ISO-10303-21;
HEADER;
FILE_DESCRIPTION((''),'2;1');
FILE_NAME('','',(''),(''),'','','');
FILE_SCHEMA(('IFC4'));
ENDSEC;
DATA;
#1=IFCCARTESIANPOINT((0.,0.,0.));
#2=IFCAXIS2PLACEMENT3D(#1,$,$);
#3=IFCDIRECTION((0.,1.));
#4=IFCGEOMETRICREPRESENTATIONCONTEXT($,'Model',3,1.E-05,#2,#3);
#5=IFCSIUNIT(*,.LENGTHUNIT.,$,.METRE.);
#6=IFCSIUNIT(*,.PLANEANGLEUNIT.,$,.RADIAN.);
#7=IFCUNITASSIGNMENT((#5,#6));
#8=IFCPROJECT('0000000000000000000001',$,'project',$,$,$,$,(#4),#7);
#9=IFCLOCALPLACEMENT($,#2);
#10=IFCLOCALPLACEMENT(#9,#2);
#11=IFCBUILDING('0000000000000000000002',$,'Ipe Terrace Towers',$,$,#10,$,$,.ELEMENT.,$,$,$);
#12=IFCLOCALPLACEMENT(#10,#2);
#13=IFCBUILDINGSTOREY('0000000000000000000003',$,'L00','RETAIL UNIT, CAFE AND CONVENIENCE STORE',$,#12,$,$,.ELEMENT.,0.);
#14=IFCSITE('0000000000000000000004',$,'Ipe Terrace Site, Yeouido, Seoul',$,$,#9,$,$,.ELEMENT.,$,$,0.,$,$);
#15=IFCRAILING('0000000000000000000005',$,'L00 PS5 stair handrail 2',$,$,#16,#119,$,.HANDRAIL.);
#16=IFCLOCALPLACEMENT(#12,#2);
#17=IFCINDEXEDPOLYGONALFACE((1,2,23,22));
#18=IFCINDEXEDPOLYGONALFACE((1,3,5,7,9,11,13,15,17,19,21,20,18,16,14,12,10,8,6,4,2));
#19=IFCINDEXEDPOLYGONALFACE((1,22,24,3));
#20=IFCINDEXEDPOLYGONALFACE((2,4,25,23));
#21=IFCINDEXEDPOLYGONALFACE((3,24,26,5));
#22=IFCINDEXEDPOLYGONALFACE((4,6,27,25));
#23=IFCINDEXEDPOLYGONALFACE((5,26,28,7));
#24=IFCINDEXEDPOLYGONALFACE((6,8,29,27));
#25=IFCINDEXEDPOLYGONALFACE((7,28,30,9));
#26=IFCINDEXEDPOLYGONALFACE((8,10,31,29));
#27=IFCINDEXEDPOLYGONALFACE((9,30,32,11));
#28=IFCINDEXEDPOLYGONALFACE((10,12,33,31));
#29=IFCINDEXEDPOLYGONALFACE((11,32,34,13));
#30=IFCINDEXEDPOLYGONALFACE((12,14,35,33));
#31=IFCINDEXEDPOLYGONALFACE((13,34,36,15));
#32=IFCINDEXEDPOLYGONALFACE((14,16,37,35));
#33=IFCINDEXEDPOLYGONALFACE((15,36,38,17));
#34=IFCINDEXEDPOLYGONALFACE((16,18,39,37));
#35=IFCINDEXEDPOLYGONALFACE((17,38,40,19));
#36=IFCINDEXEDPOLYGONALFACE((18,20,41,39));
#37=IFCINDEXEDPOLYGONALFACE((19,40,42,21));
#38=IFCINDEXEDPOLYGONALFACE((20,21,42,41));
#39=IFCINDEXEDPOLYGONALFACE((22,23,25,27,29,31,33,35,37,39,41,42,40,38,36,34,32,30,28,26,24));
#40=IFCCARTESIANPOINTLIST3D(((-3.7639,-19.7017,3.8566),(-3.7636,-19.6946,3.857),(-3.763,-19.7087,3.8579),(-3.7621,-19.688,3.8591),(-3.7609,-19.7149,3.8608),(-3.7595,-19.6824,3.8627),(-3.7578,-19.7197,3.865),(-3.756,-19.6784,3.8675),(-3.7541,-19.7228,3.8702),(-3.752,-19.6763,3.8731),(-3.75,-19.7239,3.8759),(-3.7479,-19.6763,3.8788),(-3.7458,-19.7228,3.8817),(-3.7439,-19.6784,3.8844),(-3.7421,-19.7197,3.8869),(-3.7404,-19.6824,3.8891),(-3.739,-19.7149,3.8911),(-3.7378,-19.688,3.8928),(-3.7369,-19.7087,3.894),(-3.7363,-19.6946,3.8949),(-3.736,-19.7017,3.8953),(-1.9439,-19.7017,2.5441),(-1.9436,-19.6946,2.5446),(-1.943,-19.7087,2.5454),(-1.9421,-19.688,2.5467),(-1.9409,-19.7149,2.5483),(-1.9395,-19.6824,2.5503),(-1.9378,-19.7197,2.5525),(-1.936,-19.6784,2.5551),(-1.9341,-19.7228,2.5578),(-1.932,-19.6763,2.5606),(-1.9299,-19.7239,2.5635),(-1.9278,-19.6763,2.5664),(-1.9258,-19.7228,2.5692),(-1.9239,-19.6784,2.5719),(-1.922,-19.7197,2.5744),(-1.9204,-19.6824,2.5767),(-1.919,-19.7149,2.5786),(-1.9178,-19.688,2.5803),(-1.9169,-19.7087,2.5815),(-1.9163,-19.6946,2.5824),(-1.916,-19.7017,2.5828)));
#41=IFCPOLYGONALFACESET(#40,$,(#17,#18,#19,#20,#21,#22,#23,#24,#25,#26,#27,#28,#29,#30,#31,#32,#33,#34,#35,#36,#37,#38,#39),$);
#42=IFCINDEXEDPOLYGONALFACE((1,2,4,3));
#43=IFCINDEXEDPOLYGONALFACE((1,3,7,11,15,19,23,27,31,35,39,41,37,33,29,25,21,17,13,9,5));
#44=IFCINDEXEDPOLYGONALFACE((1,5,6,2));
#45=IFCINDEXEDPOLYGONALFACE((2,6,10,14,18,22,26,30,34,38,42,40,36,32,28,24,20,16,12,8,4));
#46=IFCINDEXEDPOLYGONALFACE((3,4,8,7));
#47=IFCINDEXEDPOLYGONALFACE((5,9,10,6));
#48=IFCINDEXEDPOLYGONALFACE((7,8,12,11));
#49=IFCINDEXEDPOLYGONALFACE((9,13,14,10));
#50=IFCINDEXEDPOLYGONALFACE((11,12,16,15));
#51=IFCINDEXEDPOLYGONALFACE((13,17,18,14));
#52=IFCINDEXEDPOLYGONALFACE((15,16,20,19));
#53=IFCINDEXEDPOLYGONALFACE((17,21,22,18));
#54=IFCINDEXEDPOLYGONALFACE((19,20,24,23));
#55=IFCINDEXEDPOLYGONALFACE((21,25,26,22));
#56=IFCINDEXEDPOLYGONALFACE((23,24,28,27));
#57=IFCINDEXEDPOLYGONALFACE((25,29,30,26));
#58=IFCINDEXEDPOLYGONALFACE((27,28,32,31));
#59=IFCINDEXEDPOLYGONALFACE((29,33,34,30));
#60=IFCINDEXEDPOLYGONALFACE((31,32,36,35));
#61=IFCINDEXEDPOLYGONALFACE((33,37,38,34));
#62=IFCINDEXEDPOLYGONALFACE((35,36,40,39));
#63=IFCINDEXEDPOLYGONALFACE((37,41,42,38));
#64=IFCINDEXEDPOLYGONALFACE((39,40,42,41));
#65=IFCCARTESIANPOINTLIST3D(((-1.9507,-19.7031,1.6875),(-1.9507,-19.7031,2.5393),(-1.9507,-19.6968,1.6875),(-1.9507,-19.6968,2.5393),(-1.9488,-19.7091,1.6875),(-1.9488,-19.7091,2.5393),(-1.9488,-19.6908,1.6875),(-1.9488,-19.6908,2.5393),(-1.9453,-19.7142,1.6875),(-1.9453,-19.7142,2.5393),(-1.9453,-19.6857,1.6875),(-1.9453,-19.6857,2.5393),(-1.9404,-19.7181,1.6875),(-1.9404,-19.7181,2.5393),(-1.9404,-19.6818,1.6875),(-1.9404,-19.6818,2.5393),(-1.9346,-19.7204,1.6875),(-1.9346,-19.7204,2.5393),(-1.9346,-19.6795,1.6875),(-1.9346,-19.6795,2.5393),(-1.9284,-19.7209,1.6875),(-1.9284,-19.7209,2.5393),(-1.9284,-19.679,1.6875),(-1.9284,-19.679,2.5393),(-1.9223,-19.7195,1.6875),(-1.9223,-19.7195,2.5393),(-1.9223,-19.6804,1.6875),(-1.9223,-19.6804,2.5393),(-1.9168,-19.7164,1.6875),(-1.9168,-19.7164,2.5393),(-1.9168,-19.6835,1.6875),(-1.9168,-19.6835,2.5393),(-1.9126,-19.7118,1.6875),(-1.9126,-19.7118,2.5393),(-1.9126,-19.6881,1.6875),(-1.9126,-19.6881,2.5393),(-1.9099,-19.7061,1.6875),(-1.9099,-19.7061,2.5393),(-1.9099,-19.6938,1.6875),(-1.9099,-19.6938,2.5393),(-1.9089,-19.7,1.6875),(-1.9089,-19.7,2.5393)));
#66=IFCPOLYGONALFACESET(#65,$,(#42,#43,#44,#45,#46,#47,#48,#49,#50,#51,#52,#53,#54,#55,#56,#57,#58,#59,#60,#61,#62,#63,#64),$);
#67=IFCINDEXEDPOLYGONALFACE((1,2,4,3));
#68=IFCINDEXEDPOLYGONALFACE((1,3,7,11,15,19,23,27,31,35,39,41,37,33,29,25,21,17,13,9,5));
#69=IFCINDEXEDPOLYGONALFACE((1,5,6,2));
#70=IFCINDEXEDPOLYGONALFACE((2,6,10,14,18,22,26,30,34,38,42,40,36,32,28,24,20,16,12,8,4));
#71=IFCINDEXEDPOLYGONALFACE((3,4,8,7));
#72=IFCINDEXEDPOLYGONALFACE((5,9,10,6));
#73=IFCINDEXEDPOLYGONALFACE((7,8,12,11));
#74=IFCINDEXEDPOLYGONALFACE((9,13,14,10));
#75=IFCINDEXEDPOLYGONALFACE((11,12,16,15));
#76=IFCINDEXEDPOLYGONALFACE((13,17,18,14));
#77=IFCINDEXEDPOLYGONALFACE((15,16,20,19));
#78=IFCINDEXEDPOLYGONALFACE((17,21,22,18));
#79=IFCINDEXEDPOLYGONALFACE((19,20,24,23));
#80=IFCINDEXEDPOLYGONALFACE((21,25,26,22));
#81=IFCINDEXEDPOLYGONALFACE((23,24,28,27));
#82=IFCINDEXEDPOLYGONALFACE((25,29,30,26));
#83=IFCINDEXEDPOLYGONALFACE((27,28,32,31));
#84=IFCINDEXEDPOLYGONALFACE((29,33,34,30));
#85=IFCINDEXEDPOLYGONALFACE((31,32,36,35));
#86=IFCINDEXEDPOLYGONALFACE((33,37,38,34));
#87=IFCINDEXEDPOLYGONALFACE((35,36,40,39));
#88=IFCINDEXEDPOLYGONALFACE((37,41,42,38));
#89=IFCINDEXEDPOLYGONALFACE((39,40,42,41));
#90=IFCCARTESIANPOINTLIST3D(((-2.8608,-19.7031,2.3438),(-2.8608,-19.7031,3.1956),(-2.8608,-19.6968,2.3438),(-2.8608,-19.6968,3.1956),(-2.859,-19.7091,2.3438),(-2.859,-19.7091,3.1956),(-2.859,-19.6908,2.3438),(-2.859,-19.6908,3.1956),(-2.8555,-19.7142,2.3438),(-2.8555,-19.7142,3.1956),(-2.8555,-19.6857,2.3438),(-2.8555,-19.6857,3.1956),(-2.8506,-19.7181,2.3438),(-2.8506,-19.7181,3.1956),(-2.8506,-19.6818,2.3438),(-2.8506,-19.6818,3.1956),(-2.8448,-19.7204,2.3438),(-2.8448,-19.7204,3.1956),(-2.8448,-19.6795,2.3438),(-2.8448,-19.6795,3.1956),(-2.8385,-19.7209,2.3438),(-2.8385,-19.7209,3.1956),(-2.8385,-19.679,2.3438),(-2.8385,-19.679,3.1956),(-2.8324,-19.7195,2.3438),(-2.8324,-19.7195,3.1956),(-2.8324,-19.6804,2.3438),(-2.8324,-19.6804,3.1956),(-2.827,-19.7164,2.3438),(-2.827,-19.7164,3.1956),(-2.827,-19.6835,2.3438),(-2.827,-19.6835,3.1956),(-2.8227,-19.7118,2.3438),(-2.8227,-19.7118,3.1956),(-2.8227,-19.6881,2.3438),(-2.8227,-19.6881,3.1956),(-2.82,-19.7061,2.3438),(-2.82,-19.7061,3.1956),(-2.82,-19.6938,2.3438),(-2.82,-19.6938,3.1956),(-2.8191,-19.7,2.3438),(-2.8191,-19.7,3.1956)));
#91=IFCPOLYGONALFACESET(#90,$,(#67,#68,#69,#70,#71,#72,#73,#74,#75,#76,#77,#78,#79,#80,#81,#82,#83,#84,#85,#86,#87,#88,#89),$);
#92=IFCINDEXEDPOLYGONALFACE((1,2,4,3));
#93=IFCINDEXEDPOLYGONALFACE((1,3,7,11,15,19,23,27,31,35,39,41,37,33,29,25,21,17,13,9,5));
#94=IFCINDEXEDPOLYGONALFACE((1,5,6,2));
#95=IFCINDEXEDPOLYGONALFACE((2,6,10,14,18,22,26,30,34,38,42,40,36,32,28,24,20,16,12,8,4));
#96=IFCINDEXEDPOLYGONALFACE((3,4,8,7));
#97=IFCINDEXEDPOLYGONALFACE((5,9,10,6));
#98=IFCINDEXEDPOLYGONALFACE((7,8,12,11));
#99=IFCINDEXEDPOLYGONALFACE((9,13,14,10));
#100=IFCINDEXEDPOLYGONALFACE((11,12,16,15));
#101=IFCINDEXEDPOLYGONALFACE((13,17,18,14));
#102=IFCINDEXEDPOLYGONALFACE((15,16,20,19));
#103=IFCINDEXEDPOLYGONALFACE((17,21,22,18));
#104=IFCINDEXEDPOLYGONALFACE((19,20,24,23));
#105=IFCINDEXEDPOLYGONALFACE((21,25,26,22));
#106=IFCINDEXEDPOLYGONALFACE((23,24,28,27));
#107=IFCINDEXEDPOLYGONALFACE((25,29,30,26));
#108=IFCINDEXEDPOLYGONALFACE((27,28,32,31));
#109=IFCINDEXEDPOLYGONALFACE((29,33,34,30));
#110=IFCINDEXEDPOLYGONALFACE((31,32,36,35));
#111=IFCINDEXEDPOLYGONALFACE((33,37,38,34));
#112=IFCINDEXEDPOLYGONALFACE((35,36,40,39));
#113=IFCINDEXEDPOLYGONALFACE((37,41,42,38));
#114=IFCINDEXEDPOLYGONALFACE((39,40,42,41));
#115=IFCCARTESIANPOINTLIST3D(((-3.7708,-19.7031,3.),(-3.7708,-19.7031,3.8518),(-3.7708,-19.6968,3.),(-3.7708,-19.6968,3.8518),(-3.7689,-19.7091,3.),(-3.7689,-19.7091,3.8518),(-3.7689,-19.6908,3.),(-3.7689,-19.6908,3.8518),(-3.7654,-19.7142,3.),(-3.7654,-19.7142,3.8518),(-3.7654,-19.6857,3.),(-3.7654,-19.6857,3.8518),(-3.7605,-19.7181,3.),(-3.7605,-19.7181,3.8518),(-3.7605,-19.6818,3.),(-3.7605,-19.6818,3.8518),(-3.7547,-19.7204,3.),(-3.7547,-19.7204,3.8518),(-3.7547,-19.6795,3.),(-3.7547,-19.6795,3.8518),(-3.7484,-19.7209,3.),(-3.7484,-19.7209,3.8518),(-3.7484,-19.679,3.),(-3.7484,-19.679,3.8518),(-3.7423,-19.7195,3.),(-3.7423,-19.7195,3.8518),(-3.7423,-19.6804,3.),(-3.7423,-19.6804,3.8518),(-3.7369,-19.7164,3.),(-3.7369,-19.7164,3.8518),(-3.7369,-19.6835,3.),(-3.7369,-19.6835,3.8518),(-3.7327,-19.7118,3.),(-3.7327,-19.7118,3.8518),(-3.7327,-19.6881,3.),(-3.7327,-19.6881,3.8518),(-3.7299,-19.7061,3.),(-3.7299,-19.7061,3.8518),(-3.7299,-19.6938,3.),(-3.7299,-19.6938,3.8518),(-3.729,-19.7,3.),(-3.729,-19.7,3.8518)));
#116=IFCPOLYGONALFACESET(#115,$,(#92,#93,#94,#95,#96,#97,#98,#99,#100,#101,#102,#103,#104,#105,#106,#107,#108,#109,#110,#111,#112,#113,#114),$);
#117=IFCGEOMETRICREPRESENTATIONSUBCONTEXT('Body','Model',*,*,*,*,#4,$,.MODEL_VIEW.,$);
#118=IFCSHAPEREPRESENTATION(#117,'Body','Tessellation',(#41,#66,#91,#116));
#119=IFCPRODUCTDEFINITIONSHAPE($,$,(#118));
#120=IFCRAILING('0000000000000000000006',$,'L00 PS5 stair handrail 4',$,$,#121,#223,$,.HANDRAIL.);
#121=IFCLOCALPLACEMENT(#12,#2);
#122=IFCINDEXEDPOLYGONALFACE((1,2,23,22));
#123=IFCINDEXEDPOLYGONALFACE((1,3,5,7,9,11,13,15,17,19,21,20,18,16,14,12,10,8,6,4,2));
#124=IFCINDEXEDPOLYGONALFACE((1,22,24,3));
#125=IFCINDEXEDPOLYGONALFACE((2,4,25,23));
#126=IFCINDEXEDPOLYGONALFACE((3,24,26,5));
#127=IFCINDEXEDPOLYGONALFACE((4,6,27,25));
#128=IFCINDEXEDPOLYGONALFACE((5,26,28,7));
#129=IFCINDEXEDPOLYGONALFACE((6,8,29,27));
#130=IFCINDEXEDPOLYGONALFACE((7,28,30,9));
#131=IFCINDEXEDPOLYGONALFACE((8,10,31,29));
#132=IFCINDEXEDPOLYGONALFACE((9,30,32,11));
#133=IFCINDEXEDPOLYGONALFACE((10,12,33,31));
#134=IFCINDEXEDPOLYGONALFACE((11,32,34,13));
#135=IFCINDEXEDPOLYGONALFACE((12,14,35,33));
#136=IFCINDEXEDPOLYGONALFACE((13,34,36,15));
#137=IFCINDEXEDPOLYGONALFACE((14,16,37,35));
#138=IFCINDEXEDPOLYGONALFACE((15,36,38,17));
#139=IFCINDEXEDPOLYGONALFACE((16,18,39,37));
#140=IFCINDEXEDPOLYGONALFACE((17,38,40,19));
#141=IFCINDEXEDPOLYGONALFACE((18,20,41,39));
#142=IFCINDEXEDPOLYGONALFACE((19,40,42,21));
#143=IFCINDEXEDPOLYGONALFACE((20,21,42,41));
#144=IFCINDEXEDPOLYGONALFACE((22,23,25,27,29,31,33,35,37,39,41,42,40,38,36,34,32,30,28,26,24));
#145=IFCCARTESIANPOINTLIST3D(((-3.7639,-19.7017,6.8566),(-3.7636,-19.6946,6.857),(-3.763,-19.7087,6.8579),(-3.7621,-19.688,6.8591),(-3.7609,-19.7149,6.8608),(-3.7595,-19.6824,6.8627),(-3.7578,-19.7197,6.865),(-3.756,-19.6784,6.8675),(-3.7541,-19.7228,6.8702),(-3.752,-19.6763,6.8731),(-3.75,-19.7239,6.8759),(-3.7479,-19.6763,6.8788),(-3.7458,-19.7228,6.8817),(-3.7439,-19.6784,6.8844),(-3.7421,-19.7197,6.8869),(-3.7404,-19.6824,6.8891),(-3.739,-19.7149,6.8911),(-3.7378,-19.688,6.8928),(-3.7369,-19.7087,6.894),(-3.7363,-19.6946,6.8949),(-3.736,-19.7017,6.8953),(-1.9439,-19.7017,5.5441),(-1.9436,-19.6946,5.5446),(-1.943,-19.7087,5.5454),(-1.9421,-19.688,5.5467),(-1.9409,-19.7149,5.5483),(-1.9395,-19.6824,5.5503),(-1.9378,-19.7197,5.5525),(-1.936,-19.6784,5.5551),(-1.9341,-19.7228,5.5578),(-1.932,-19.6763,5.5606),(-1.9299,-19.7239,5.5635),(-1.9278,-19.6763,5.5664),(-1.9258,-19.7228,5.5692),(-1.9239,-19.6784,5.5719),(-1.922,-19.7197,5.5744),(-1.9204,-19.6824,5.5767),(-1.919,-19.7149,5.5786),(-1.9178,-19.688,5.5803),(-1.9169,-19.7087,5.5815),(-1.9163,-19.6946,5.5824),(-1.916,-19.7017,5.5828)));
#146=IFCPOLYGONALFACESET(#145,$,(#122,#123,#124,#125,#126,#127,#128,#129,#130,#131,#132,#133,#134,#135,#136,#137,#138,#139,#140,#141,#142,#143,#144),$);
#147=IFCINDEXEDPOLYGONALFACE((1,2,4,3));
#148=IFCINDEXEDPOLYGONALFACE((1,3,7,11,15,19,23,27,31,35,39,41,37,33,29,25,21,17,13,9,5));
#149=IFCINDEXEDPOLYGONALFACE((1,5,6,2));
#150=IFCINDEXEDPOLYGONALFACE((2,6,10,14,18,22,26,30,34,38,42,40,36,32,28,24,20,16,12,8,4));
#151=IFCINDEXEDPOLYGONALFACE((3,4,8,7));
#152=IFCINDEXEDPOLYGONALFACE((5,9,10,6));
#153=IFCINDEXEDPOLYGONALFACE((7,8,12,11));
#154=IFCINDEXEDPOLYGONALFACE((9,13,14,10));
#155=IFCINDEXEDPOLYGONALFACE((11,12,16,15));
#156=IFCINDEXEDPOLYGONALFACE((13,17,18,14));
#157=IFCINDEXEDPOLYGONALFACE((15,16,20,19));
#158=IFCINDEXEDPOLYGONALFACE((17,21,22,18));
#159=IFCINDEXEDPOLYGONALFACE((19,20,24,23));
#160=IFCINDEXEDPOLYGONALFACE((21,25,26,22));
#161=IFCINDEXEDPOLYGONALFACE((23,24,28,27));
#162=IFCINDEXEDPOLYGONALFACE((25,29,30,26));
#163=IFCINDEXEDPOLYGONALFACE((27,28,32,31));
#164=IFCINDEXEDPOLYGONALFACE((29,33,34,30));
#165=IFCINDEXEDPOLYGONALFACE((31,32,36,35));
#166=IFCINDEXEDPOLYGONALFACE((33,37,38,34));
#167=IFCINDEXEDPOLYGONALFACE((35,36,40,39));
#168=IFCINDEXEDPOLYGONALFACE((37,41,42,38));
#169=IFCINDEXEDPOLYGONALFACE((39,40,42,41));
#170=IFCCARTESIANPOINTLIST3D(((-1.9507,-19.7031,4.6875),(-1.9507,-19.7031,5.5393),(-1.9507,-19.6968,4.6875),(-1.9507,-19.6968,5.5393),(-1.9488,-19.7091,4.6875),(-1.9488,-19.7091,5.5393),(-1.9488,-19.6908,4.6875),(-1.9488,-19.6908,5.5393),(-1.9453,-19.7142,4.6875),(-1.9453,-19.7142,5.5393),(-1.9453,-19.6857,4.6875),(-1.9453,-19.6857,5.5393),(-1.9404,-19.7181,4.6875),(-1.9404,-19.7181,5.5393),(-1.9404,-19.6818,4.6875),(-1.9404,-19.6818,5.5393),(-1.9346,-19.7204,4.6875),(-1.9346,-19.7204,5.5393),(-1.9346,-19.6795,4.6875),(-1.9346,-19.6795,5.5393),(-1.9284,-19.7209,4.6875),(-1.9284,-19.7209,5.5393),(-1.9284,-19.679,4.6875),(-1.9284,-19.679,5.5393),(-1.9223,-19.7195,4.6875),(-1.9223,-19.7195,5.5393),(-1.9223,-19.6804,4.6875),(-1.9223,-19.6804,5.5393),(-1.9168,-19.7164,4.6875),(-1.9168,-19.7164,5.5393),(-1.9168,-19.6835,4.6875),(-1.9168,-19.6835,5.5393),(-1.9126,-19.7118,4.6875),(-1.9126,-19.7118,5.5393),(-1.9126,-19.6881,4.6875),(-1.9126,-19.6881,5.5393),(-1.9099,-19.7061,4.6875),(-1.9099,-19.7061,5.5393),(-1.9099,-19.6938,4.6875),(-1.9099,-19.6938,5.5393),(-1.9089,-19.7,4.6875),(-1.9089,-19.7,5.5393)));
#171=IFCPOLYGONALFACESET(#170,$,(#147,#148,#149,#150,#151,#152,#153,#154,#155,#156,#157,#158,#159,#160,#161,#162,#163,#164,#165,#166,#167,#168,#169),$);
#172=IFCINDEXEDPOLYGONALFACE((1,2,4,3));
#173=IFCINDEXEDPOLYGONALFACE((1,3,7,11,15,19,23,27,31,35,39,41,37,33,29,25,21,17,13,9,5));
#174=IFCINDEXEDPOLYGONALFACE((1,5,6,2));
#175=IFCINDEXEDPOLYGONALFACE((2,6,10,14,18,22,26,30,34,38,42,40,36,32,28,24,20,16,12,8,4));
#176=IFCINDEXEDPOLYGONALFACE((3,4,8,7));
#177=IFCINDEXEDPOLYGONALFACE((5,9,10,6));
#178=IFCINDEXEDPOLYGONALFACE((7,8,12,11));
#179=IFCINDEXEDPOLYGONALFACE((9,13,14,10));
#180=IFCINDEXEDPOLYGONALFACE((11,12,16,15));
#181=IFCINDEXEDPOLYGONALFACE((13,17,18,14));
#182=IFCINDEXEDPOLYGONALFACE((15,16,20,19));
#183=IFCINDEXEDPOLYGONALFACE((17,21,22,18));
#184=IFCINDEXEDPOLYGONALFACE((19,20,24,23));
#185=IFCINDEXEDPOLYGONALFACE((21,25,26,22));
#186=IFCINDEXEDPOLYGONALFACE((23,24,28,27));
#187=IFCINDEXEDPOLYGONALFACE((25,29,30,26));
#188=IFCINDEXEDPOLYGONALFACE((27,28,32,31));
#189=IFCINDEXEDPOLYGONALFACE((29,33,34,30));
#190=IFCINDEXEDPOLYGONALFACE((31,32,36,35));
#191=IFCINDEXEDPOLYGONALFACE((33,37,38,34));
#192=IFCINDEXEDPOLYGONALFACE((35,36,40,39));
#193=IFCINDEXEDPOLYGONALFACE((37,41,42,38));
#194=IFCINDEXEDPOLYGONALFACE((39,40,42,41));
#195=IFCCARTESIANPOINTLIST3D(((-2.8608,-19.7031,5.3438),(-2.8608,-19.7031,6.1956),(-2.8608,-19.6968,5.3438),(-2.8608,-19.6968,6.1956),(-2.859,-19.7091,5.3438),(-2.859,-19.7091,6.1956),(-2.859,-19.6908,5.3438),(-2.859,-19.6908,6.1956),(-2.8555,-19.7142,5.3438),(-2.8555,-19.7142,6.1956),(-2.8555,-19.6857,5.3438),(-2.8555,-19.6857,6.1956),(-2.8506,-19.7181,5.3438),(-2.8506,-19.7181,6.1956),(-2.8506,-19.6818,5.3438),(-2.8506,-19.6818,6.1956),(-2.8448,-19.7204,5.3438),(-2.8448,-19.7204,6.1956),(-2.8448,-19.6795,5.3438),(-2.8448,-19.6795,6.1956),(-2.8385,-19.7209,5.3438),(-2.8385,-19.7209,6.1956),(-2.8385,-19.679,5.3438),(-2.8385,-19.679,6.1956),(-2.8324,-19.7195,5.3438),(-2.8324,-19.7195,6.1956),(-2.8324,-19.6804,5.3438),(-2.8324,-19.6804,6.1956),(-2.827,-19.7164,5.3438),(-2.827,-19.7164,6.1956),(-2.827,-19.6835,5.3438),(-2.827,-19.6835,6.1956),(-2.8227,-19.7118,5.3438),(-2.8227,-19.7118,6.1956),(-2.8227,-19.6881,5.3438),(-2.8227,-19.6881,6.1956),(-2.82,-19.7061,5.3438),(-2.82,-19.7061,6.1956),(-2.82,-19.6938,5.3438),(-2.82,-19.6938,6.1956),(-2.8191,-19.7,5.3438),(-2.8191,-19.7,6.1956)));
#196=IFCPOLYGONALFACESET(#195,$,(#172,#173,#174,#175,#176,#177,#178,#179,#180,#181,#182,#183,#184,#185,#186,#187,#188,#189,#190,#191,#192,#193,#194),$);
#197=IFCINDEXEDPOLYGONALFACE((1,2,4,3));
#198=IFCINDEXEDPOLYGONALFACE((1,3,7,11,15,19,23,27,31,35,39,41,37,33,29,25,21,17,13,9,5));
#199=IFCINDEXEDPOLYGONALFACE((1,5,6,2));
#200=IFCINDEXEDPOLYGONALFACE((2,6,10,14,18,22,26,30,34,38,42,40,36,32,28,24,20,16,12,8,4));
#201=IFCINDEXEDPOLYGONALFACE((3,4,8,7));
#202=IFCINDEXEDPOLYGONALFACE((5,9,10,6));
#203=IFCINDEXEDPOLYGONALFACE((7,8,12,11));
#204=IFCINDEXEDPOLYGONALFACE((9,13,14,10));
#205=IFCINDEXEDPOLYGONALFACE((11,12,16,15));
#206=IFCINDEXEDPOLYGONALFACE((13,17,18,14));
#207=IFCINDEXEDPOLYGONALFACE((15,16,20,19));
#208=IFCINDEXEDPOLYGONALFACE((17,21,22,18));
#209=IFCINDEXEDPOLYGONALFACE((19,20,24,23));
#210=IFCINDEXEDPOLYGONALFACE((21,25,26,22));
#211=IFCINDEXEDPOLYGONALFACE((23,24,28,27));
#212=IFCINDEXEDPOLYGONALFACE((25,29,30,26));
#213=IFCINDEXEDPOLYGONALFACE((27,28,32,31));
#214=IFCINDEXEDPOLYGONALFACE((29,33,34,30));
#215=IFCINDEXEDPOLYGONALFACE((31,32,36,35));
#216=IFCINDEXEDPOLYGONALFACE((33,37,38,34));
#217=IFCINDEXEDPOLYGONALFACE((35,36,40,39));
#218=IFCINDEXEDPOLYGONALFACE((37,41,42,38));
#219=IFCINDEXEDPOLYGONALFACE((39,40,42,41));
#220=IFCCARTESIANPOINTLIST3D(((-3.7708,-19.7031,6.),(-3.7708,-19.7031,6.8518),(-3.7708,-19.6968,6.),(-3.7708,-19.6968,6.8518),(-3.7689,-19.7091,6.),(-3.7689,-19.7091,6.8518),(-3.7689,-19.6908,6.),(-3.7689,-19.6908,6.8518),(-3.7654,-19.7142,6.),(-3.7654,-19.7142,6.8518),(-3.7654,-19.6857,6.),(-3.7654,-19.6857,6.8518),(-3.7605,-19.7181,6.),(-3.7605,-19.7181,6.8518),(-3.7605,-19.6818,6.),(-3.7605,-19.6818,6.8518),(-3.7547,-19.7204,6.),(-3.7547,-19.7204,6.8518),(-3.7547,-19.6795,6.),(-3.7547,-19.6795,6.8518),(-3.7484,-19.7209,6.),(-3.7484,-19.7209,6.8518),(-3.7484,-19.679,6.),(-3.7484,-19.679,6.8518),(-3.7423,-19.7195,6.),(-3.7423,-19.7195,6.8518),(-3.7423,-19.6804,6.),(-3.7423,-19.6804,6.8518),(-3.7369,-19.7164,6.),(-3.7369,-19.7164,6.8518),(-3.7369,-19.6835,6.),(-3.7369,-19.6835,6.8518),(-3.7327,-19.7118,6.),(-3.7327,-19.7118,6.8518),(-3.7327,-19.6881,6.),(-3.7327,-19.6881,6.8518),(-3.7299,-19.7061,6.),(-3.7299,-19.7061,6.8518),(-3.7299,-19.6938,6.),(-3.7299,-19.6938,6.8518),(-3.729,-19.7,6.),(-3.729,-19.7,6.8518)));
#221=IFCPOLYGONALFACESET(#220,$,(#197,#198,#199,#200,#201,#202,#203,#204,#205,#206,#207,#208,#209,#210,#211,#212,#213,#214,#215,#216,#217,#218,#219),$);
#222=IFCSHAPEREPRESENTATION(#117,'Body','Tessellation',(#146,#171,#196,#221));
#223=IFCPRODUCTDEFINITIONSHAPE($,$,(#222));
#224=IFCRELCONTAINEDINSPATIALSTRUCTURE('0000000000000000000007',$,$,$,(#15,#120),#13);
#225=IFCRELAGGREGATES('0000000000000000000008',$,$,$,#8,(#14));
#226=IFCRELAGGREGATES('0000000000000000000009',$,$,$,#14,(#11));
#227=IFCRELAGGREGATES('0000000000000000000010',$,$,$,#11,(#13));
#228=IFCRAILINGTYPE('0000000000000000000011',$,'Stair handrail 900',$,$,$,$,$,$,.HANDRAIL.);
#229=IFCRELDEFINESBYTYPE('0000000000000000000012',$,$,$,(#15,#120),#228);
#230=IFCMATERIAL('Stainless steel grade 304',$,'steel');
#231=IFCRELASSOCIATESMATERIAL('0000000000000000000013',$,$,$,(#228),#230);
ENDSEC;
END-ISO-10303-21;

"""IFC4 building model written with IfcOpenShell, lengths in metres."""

from ifc_helpers import new_model, si_unit, direction, frame, origin, origin_2d, place, context, subcontext, project, spatial, circle, extrude, material, type_object, element, save


model = new_model("IFC4")

# Units and contexts
model_context = context("Model", 3, precision=1e-05, world=origin(), true_north=direction((0.0, 1.0)))
body_context = subcontext(model_context, "Body", "Model", "MODEL_VIEW")
ifc_project = project(units=[si_unit("LENGTHUNIT", "METRE"), si_unit("PLANEANGLEUNIT", "RADIAN")], contexts=[model_context])

# Site, building, storey
site_placement = place(None, origin())
site = spatial("IfcSite", under=ifc_project, at=site_placement, Name="Ipe Terrace Site, Yeouido, Seoul", CompositionType="ELEMENT", RefElevation=0.0)
building_placement = place(site_placement, origin())
building = spatial("IfcBuilding", under=site, at=building_placement, Name="Ipe Terrace Towers", CompositionType="ELEMENT")
storey_placement = place(building_placement, origin())
storey = spatial("IfcBuildingStorey", under=building, at=storey_placement, Name="L00", Description="RETAIL UNIT, CAFE AND CONVENIENCE STORE", CompositionType="ELEMENT", Elevation=0.0)

# Railings
ifc_material_1 = material(Name="Stainless steel grade 304", Category="steel")
railing_type_1 = type_object("IfcRailingType", Name="Stair handrail 900", PredefinedType="HANDRAIL", material=ifc_material_1)
for number, where, name in (
    (1, (-1.9299, -19.7, 1.6875), "L00 PS5 stair handrail 2"),
    (2, (-1.9299, -19.7, 4.6875), "L00 PS5 stair handrail 4"),
):
    element("IfcRailing", number, at=place(storey_placement, frame(where)), inside=storey, type_object=railing_type_1, Name=name, PredefinedType="HANDRAIL", context=body_context, shape_type="SweptSolid", body=[
        extrude(circle(Radius=0.0239, at=origin_2d()), frame((0.0, 0.0, 0.876), z_axis=(-0.811101, 0.0, 0.584906), x_axis=(0.0, -1.0, 0.0)), (0.0, 0.0, 1.0), 2.2439),
        extrude(circle(Radius=0.021, at=origin_2d()), origin(), (0.0, 0.0, 1.0), 0.8518),
        extrude(circle(Radius=0.021, at=origin_2d()), frame((-0.9102, 0.0, 0.6562)), (0.0, 0.0, 1.0), 0.8518),
        extrude(circle(Radius=0.021, at=origin_2d()), frame((-1.8201, 0.0, 1.3125)), (0.0, 0.0, 1.0), 0.8518),
    ])

save(model, "model.ifc")
